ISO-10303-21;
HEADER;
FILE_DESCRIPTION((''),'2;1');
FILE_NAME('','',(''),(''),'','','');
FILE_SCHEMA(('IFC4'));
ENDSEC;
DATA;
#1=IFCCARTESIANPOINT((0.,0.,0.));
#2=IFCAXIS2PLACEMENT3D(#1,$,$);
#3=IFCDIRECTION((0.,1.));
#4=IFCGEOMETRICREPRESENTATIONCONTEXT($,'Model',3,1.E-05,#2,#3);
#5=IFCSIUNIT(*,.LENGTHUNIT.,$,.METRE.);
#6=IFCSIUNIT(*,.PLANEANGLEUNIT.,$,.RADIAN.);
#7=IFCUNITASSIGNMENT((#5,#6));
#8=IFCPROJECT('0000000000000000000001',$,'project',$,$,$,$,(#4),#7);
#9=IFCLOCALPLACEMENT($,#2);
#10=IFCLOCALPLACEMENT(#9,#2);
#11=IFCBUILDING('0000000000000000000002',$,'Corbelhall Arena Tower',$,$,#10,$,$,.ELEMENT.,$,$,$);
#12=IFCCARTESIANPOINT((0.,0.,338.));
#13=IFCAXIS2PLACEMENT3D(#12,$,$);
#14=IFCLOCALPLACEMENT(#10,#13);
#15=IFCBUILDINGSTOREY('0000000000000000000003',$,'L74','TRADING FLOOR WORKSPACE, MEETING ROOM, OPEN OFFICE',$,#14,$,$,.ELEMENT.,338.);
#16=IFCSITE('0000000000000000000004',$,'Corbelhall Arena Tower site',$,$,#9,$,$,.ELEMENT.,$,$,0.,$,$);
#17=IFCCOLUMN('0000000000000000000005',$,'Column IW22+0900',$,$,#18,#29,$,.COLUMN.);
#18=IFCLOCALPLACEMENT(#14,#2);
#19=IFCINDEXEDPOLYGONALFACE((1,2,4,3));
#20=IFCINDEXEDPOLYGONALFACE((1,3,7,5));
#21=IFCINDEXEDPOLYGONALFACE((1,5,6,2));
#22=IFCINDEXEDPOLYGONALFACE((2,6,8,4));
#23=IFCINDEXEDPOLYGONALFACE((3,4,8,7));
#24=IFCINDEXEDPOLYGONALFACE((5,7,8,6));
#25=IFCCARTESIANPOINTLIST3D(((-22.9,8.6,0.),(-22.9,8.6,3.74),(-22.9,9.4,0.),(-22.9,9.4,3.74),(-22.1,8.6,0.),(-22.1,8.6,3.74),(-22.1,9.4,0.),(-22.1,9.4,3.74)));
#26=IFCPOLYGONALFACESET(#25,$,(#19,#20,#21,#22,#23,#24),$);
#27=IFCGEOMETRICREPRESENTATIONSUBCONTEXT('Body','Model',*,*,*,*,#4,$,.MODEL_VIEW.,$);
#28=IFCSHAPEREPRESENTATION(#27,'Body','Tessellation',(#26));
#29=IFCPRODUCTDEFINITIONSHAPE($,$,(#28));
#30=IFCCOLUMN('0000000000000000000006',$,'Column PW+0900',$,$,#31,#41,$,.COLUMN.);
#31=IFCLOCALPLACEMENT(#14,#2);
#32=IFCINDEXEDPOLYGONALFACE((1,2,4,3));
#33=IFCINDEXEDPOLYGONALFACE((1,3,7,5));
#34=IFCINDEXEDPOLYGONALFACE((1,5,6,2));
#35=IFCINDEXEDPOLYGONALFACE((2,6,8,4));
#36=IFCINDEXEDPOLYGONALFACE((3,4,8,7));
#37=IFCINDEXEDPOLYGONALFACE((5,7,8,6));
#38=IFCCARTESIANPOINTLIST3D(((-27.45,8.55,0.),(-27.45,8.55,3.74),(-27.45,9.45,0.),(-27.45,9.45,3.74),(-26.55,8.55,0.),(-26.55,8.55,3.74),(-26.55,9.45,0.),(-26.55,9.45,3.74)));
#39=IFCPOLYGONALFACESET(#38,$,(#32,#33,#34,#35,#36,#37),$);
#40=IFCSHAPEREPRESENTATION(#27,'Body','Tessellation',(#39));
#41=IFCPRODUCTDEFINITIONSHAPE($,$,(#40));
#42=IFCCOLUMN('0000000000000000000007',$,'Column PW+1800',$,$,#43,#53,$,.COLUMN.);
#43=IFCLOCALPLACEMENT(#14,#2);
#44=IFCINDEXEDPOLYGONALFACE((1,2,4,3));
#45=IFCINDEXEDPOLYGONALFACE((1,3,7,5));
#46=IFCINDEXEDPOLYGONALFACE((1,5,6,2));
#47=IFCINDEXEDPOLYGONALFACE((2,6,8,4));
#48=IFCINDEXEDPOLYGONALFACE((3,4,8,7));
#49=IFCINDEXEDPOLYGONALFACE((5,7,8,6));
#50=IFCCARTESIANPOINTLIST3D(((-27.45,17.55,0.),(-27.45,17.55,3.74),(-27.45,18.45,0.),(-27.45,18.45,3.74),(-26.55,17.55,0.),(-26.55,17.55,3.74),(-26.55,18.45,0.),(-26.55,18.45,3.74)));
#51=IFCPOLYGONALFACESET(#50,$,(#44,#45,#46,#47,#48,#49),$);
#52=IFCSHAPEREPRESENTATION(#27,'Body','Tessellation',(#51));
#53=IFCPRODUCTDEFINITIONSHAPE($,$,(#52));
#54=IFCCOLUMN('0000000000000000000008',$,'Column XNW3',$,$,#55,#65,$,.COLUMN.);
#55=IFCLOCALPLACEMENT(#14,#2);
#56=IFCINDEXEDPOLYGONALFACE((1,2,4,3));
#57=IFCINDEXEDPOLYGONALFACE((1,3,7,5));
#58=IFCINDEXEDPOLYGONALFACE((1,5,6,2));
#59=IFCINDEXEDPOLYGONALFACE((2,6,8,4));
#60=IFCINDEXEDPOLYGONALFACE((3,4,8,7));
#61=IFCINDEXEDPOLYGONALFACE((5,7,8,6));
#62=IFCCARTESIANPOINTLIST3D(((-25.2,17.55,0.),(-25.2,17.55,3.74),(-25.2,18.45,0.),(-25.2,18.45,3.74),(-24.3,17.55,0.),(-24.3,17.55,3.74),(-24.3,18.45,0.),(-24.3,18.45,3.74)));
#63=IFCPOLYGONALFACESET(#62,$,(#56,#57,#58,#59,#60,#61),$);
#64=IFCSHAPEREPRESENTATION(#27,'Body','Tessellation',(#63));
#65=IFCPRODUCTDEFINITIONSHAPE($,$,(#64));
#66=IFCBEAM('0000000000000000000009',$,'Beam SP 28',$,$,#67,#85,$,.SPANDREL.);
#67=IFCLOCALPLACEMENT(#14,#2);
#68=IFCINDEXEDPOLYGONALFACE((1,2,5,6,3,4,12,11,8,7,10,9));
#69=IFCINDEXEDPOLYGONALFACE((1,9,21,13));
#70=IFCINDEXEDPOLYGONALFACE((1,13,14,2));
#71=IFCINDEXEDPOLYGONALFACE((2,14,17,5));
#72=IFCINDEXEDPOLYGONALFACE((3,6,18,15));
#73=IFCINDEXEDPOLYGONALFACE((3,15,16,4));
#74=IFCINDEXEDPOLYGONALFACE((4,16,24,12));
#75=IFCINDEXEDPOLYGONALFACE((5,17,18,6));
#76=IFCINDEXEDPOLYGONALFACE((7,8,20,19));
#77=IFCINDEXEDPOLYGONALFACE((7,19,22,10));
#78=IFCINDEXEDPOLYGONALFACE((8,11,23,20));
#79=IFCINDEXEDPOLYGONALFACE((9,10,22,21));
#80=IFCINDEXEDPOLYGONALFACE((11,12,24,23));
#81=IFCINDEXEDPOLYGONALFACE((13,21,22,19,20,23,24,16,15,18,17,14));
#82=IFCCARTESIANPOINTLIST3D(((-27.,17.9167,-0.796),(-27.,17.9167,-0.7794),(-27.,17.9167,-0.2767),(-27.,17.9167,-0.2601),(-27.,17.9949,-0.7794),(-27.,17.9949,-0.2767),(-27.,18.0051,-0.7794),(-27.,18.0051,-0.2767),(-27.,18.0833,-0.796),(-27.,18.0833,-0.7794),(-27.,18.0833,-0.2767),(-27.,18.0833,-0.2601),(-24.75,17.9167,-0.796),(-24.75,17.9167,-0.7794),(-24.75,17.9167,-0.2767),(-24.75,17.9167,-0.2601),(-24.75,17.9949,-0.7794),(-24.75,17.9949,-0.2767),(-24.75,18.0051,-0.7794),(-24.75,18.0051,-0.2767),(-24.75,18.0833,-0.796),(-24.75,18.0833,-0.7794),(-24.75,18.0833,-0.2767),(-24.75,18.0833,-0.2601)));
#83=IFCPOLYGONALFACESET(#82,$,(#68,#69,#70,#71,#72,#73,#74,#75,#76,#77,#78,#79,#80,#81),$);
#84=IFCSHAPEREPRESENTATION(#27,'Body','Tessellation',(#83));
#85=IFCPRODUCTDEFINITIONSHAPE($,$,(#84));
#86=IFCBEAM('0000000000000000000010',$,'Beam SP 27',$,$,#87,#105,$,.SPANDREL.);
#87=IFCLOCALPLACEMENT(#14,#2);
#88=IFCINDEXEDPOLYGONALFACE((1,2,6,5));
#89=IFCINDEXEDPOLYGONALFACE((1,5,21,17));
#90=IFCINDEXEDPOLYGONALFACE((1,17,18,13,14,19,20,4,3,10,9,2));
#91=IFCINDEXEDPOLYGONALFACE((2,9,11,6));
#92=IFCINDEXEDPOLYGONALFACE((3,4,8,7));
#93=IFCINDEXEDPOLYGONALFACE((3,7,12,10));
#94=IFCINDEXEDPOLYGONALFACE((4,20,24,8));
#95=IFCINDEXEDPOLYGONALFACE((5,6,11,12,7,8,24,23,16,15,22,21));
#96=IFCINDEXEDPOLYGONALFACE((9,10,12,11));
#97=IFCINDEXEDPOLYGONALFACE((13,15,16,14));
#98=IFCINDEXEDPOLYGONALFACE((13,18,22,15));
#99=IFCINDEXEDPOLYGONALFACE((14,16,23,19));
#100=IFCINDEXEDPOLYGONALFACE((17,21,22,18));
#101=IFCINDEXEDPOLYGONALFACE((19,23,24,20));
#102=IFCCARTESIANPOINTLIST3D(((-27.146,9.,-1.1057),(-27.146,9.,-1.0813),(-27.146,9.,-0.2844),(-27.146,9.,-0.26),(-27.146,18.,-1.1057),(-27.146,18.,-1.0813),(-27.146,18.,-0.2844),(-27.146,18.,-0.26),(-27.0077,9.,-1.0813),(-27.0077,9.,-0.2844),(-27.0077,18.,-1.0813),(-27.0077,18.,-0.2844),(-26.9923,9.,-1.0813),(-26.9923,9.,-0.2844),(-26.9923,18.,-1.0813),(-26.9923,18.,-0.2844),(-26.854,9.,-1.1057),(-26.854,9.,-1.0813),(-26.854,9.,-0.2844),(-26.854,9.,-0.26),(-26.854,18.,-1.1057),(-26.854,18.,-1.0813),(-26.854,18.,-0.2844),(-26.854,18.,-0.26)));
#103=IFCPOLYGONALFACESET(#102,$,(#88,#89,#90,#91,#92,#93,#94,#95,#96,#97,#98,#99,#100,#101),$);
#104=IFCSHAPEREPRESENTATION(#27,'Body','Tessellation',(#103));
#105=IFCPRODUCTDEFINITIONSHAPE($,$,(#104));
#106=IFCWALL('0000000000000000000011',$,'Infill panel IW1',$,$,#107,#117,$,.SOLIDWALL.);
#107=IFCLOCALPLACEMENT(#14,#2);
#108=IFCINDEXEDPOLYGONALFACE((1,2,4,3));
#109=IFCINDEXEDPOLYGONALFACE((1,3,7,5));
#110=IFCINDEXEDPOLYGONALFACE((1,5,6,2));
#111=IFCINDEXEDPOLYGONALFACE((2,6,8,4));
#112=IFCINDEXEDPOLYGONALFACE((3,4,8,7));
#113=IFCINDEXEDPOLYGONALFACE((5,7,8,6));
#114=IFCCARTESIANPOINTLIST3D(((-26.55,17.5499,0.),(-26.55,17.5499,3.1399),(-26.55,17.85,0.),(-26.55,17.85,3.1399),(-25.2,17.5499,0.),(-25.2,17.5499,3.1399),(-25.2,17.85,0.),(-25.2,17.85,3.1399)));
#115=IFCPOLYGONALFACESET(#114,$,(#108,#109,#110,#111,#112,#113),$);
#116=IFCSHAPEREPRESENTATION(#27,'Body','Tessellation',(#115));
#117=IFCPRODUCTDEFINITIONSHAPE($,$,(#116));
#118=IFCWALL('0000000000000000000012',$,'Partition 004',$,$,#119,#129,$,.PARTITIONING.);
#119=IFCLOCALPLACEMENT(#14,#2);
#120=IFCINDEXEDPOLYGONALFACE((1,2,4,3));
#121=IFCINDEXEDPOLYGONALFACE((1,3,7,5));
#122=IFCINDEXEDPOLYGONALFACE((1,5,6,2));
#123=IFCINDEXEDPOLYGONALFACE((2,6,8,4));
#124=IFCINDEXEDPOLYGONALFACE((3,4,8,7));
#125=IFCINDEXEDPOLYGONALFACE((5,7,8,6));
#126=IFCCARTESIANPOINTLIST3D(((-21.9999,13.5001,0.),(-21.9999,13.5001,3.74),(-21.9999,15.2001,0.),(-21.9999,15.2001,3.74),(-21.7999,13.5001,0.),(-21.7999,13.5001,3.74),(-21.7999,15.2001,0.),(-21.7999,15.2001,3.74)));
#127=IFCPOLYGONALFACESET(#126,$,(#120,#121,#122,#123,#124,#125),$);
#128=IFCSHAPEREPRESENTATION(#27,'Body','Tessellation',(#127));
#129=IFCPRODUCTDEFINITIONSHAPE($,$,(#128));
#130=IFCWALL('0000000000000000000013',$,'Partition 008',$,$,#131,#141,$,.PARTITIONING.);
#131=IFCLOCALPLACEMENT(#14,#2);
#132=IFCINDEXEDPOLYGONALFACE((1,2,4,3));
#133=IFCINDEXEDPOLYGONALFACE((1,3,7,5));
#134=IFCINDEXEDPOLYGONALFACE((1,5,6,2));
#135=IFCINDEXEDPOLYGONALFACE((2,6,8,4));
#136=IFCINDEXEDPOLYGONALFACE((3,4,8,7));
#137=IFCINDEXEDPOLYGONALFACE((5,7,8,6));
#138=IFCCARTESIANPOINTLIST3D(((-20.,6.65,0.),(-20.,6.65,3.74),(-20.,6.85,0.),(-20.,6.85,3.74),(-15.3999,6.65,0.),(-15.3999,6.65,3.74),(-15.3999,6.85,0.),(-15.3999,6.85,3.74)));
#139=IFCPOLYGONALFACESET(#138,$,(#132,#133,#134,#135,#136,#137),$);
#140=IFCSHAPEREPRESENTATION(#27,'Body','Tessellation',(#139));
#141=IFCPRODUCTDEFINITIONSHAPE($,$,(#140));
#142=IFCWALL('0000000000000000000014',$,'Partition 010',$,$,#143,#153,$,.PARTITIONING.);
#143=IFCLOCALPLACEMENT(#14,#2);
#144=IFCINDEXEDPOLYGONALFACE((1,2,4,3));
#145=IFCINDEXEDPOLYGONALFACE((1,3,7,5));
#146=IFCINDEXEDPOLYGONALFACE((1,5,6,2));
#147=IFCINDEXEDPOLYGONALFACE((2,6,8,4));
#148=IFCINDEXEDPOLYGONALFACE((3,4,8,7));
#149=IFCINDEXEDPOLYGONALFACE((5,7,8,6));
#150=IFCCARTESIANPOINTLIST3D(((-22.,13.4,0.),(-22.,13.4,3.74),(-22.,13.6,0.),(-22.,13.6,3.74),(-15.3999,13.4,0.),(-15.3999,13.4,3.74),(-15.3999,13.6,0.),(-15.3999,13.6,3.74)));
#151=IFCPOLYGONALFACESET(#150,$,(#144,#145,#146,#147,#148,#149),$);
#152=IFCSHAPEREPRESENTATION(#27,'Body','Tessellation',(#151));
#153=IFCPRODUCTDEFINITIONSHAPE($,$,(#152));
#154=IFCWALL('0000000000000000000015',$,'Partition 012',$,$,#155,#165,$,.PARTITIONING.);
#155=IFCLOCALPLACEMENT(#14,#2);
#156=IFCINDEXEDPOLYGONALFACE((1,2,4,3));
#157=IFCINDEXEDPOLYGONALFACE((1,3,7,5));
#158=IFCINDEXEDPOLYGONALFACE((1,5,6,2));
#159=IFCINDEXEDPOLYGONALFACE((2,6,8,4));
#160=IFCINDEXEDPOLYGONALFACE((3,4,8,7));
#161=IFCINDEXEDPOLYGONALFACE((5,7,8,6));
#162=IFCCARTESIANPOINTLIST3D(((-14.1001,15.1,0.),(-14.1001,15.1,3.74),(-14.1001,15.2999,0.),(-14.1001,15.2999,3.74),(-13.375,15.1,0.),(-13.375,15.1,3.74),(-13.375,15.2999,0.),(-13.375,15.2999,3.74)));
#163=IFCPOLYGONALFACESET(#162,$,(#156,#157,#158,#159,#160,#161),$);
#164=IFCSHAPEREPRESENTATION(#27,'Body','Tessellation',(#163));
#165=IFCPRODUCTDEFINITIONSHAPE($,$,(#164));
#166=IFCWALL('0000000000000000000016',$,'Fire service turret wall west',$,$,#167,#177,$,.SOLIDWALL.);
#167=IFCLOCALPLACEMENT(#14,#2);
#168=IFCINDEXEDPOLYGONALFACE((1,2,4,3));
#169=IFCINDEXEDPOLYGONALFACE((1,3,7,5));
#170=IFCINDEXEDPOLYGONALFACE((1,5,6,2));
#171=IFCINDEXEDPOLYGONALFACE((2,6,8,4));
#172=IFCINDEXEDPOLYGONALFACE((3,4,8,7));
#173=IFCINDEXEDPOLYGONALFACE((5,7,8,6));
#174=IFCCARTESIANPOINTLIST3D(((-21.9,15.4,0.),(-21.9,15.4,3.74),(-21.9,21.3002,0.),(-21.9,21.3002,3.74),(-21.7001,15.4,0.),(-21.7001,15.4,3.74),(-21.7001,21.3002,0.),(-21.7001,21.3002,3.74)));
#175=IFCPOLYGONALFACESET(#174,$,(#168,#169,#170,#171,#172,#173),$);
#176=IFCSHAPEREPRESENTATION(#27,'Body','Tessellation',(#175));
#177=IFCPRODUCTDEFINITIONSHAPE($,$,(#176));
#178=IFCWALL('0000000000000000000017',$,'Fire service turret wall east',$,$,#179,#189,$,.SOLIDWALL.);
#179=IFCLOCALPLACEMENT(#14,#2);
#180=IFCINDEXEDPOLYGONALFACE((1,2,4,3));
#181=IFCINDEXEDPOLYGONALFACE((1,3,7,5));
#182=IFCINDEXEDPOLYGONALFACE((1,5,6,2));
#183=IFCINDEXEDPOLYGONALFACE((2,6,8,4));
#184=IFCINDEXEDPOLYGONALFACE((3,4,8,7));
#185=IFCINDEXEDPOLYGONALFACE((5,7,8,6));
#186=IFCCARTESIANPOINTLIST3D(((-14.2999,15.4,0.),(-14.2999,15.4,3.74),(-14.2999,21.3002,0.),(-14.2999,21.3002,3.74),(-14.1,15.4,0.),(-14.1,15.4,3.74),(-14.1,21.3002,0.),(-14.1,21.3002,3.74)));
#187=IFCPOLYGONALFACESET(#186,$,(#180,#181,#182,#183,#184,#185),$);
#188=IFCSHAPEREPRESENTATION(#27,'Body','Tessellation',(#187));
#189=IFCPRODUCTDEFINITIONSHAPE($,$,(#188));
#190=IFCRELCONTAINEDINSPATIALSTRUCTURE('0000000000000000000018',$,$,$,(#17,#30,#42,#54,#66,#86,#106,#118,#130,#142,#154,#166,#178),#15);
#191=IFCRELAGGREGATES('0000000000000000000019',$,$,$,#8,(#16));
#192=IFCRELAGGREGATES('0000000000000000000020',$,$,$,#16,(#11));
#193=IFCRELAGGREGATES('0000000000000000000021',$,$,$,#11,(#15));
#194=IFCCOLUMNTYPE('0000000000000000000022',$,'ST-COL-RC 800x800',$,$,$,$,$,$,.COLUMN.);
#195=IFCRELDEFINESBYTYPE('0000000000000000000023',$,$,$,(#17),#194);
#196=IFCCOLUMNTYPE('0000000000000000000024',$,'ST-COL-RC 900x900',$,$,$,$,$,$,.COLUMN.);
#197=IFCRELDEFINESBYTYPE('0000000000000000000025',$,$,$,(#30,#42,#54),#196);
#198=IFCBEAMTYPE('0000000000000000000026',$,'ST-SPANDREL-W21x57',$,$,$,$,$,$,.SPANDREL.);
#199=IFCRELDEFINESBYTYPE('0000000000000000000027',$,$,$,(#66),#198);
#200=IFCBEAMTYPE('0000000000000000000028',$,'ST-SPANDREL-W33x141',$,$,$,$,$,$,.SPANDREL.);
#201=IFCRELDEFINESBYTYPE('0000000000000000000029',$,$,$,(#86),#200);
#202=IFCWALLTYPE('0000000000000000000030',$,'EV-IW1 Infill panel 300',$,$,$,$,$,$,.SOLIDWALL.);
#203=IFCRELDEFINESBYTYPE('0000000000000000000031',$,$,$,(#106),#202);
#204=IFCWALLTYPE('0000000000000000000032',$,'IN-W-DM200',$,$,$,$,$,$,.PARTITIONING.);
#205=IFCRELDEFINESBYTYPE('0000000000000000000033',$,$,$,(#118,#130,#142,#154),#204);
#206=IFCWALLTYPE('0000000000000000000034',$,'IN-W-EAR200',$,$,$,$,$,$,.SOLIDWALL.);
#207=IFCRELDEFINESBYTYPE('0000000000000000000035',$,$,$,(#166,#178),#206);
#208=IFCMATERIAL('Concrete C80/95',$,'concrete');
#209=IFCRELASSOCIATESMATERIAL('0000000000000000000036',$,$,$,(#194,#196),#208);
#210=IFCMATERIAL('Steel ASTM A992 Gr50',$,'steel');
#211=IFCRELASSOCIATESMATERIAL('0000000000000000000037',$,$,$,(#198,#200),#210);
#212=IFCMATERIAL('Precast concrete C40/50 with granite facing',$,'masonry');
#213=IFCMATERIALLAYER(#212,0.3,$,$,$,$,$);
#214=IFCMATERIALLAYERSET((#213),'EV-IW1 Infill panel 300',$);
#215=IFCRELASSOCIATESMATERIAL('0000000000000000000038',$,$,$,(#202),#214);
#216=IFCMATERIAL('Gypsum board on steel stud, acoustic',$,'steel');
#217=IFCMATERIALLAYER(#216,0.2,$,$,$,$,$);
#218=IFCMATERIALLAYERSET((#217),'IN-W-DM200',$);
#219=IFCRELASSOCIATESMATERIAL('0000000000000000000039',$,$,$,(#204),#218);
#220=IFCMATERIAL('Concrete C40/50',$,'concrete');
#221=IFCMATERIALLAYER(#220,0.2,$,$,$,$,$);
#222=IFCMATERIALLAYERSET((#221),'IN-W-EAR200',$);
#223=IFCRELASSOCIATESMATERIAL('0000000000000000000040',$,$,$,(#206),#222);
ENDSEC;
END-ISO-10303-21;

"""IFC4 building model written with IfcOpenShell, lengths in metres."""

from ifc_helpers import new_model, si_unit, direction, frame, frame_2d, origin, origin_2d, place, context, subcontext, project, spatial, rectangle, i_section, extrude, material, layer, layer_set, material_profile, profile_set, type_object, element, save


model = new_model("IFC4")

# Units and contexts
model_context = context("Model", 3, precision=1e-05, world=origin(), true_north=direction((0.0, 1.0)))
body_context = subcontext(model_context, "Body", "Model", "MODEL_VIEW")
ifc_project = project(units=[si_unit("LENGTHUNIT", "METRE"), si_unit("PLANEANGLEUNIT", "RADIAN")], contexts=[model_context])

# Site, building, storey
site_placement = place(None, origin())
site = spatial("IfcSite", under=ifc_project, at=site_placement, Name="Corbelhall Arena Tower site", CompositionType="ELEMENT", RefElevation=0.0)
building_placement = place(site_placement, origin())
building = spatial("IfcBuilding", under=site, at=building_placement, Name="Corbelhall Arena Tower", CompositionType="ELEMENT")
storey_placement = place(building_placement, frame((0.0, 0.0, 338.0)))
storey = spatial("IfcBuildingStorey", under=building, at=storey_placement, Name="L74", Description="TRADING FLOOR WORKSPACE, MEETING ROOM, OPEN OFFICE", CompositionType="ELEMENT", Elevation=338.0)

# Columns
ifc_material_1 = material(Name="Concrete C80/95", Category="concrete")
ifc_material_profile_1 = material_profile(ifc_material_1, rectangle(XDim=0.8, YDim=0.8, at=origin_2d()))
ifc_profile_set_1 = profile_set([ifc_material_profile_1], Name="Concrete C80/95")
column_type_1 = type_object("IfcColumnType", Name="ST-COL-RC 800x800", PredefinedType="COLUMN", material=ifc_profile_set_1)
column_placement = place(storey_placement, frame((-22.5, 9.0, 0.0), z_axis=(0.0, 0.0, 1.0), x_axis=(1.0, 0.0, 0.0)))
element("IfcColumn", 1, at=column_placement, inside=storey, type_object=column_type_1, Name="Column IW22+0900", PredefinedType="COLUMN", context=body_context, shape_type="SweptSolid", body=[
    extrude(rectangle(XDim=0.8, YDim=0.8, at=origin_2d()), origin(), (0.0, 0.0, 1.0), 3.74),
])
ifc_material_profile_2 = material_profile(ifc_material_1, rectangle(XDim=0.8999, YDim=0.8999, at=origin_2d()))
ifc_profile_set_2 = profile_set([ifc_material_profile_2], Name="Concrete C80/95")
column_type_2 = type_object("IfcColumnType", Name="ST-COL-RC 900x900", PredefinedType="COLUMN", material=ifc_profile_set_2)
for number, where, z_axis, x_axis, name in (
    (2, (-27.0, 9.0, 0.0), (0.0, 0.0, 1.0), (0.0, 1.0, 0.0), "Column PW+0900"),
    (3, (-27.0, 18.0, 0.0), (0.0, 0.0, 1.0), (0.0, 1.0, 0.0), "Column PW+1800"),
    (4, (-24.75, 18.0, 0.0), (0.0, 0.0, 1.0), (1.0, 0.0, 0.0), "Column XNW3"),
):
    element("IfcColumn", number, at=place(storey_placement, frame(where, z_axis=z_axis, x_axis=x_axis)), inside=storey, type_object=column_type_2, Name=name, PredefinedType="COLUMN", context=body_context, shape_type="SweptSolid", body=[
        extrude(rectangle(XDim=0.8999, YDim=0.8999, at=origin_2d()), origin(), (0.0, 0.0, 1.0), 3.74),
    ])

# Beams
ifc_material_2 = material(Name="Steel ASTM A992 Gr50", Category="steel")
ifc_material_profile_3 = material_profile(ifc_material_2, i_section(OverallWidth=0.1665, OverallDepth=0.5359, WebThickness=0.0103, FlangeThickness=0.0166, at=origin_2d()))
ifc_profile_set_3 = profile_set([ifc_material_profile_3], Name="Steel ASTM A992 Gr50")
beam_type_1 = type_object("IfcBeamType", Name="ST-SPANDREL-W21x57", PredefinedType="SPANDREL", material=ifc_profile_set_3)
beam_1_placement = place(storey_placement, frame((-27.0, 18.0, -0.5281), z_axis=(1.0, 0.0, 0.0), x_axis=(0.0, 1.0, 0.0)))
element("IfcBeam", 5, at=beam_1_placement, inside=storey, type_object=beam_type_1, Name="Beam SP 28", PredefinedType="SPANDREL", context=body_context, shape_type="SweptSolid", body=[
    extrude(i_section(OverallWidth=0.1665, OverallDepth=0.5359, WebThickness=0.0103, FlangeThickness=0.0166, at=origin_2d()), origin(), (0.0, 0.0, 1.0), 2.25),
])
ifc_material_profile_4 = material_profile(ifc_material_2, i_section(OverallWidth=0.292, OverallDepth=0.8457, WebThickness=0.0154, FlangeThickness=0.0244, at=origin_2d()))
ifc_profile_set_4 = profile_set([ifc_material_profile_4], Name="Steel ASTM A992 Gr50")
beam_type_2 = type_object("IfcBeamType", Name="ST-SPANDREL-W33x141", PredefinedType="SPANDREL", material=ifc_profile_set_4)
beam_2_placement = place(storey_placement, frame((-27.0, 9.0, -0.6829), z_axis=(0.0, 1.0, 0.0), x_axis=(-1.0, 0.0, 0.0)))
element("IfcBeam", 6, at=beam_2_placement, inside=storey, type_object=beam_type_2, Name="Beam SP 27", PredefinedType="SPANDREL", context=body_context, shape_type="SweptSolid", body=[
    extrude(i_section(OverallWidth=0.292, OverallDepth=0.8457, WebThickness=0.0154, FlangeThickness=0.0244, at=origin_2d()), origin(), (0.0, 0.0, 1.0), 9.0),
])

# Wall
ifc_material_3 = material(Name="Precast concrete C40/50 with granite facing", Category="masonry")
ifc_layer_1 = layer(ifc_material_3, 0.3)
ifc_layer_set_1 = layer_set([ifc_layer_1], Name="EV-IW1 Infill panel 300")
wall_type_1 = type_object("IfcWallType", Name="EV-IW1 Infill panel 300", PredefinedType="SOLIDWALL", material=ifc_layer_set_1)
wall_1_placement = place(storey_placement, frame((-25.2, 17.7, 0.0), z_axis=(0.0, 0.0, 1.0), x_axis=(-1.0, 0.0, 0.0)))
element("IfcWall", 7, at=wall_1_placement, inside=storey, type_object=wall_type_1, Name="Infill panel IW1", PredefinedType="SOLIDWALL", context=body_context, shape_type="SweptSolid", body=[
    extrude(rectangle(XDim=1.3501, YDim=0.3, at=frame_2d((0.675, 0.0))), origin(), (0.0, 0.0, 1.0), 3.1399),
])

# Walls
ifc_material_4 = material(Name="Gypsum board on steel stud, acoustic", Category="steel")
ifc_layer_2 = layer(ifc_material_4, 0.2)
ifc_layer_set_2 = layer_set([ifc_layer_2], Name="IN-W-DM200")
wall_type_2 = type_object("IfcWallType", Name="IN-W-DM200", PredefinedType="PARTITIONING", material=ifc_layer_set_2)
wall_2_placement = place(storey_placement, frame((-21.8999, 13.5, 0.0), z_axis=(0.0, 0.0, 1.0), x_axis=(0.0, 1.0, 0.0)))
element("IfcWall", 8, at=wall_2_placement, inside=storey, type_object=wall_type_2, Name="Partition 004", PredefinedType="PARTITIONING", context=body_context, shape_type="SweptSolid", body=[
    extrude(rectangle(XDim=1.7, YDim=0.2, at=frame_2d((0.8501, 0.0))), origin(), (0.0, 0.0, 1.0), 3.74),
])
wall_3_placement = place(storey_placement, frame((-20.0, 6.75, 0.0), z_axis=(0.0, 0.0, 1.0), x_axis=(1.0, 0.0, 0.0)))
element("IfcWall", 9, at=wall_3_placement, inside=storey, type_object=wall_type_2, Name="Partition 008", PredefinedType="PARTITIONING", context=body_context, shape_type="SweptSolid", body=[
    extrude(rectangle(XDim=4.6001, YDim=0.2, at=frame_2d((2.3, 0.0))), origin(), (0.0, 0.0, 1.0), 3.74),
])
wall_4_placement = place(storey_placement, frame((-15.3999, 13.5, 0.0), z_axis=(0.0, 0.0, 1.0), x_axis=(-1.0, 0.0, 0.0)))
element("IfcWall", 10, at=wall_4_placement, inside=storey, type_object=wall_type_2, Name="Partition 010", PredefinedType="PARTITIONING", context=body_context, shape_type="SweptSolid", body=[
    extrude(rectangle(XDim=6.6001, YDim=0.2, at=frame_2d((3.3, 0.0))), origin(), (0.0, 0.0, 1.0), 3.74),
])
wall_5_placement = place(storey_placement, frame((-14.1001, 15.2, 0.0), z_axis=(0.0, 0.0, 1.0), x_axis=(1.0, 0.0, 0.0)))
element("IfcWall", 11, at=wall_5_placement, inside=storey, type_object=wall_type_2, Name="Partition 012", PredefinedType="PARTITIONING", context=body_context, shape_type="SweptSolid", body=[
    extrude(rectangle(XDim=0.7251, YDim=0.2, at=frame_2d((0.3625, 0.0))), origin(), (0.0, 0.0, 1.0), 3.74),
])

# Shared definitions
ifc_material_5 = material(Name="Concrete C40/50", Category="concrete")
ifc_layer_3 = layer(ifc_material_5, 0.2)
ifc_layer_set_3 = layer_set([ifc_layer_3], Name="IN-W-EAR200")
wall_type_3 = type_object("IfcWallType", Name="IN-W-EAR200", PredefinedType="SOLIDWALL", material=ifc_layer_set_3)

# Walls
for number, where, z_axis, x_axis, name in (
    (12, (-21.8, 15.3999, 0.0), (0.0, 0.0, 1.0), (0.0, 1.0, 0.0), "Fire service turret wall west"),
    (13, (-14.2, 15.3999, 0.0), (0.0, 0.0, 1.0), (0.0, 1.0, 0.0), "Fire service turret wall east"),
):
    element("IfcWall", number, at=place(storey_placement, frame(where, z_axis=z_axis, x_axis=x_axis)), inside=storey, type_object=wall_type_3, Name=name, PredefinedType="SOLIDWALL", context=body_context, shape_type="SweptSolid", body=[
        extrude(rectangle(XDim=5.9001, YDim=0.2, at=frame_2d((2.9502, 0.0))), origin(), (0.0, 0.0, 1.0), 3.74),
    ])

save(model, "model.ifc")
